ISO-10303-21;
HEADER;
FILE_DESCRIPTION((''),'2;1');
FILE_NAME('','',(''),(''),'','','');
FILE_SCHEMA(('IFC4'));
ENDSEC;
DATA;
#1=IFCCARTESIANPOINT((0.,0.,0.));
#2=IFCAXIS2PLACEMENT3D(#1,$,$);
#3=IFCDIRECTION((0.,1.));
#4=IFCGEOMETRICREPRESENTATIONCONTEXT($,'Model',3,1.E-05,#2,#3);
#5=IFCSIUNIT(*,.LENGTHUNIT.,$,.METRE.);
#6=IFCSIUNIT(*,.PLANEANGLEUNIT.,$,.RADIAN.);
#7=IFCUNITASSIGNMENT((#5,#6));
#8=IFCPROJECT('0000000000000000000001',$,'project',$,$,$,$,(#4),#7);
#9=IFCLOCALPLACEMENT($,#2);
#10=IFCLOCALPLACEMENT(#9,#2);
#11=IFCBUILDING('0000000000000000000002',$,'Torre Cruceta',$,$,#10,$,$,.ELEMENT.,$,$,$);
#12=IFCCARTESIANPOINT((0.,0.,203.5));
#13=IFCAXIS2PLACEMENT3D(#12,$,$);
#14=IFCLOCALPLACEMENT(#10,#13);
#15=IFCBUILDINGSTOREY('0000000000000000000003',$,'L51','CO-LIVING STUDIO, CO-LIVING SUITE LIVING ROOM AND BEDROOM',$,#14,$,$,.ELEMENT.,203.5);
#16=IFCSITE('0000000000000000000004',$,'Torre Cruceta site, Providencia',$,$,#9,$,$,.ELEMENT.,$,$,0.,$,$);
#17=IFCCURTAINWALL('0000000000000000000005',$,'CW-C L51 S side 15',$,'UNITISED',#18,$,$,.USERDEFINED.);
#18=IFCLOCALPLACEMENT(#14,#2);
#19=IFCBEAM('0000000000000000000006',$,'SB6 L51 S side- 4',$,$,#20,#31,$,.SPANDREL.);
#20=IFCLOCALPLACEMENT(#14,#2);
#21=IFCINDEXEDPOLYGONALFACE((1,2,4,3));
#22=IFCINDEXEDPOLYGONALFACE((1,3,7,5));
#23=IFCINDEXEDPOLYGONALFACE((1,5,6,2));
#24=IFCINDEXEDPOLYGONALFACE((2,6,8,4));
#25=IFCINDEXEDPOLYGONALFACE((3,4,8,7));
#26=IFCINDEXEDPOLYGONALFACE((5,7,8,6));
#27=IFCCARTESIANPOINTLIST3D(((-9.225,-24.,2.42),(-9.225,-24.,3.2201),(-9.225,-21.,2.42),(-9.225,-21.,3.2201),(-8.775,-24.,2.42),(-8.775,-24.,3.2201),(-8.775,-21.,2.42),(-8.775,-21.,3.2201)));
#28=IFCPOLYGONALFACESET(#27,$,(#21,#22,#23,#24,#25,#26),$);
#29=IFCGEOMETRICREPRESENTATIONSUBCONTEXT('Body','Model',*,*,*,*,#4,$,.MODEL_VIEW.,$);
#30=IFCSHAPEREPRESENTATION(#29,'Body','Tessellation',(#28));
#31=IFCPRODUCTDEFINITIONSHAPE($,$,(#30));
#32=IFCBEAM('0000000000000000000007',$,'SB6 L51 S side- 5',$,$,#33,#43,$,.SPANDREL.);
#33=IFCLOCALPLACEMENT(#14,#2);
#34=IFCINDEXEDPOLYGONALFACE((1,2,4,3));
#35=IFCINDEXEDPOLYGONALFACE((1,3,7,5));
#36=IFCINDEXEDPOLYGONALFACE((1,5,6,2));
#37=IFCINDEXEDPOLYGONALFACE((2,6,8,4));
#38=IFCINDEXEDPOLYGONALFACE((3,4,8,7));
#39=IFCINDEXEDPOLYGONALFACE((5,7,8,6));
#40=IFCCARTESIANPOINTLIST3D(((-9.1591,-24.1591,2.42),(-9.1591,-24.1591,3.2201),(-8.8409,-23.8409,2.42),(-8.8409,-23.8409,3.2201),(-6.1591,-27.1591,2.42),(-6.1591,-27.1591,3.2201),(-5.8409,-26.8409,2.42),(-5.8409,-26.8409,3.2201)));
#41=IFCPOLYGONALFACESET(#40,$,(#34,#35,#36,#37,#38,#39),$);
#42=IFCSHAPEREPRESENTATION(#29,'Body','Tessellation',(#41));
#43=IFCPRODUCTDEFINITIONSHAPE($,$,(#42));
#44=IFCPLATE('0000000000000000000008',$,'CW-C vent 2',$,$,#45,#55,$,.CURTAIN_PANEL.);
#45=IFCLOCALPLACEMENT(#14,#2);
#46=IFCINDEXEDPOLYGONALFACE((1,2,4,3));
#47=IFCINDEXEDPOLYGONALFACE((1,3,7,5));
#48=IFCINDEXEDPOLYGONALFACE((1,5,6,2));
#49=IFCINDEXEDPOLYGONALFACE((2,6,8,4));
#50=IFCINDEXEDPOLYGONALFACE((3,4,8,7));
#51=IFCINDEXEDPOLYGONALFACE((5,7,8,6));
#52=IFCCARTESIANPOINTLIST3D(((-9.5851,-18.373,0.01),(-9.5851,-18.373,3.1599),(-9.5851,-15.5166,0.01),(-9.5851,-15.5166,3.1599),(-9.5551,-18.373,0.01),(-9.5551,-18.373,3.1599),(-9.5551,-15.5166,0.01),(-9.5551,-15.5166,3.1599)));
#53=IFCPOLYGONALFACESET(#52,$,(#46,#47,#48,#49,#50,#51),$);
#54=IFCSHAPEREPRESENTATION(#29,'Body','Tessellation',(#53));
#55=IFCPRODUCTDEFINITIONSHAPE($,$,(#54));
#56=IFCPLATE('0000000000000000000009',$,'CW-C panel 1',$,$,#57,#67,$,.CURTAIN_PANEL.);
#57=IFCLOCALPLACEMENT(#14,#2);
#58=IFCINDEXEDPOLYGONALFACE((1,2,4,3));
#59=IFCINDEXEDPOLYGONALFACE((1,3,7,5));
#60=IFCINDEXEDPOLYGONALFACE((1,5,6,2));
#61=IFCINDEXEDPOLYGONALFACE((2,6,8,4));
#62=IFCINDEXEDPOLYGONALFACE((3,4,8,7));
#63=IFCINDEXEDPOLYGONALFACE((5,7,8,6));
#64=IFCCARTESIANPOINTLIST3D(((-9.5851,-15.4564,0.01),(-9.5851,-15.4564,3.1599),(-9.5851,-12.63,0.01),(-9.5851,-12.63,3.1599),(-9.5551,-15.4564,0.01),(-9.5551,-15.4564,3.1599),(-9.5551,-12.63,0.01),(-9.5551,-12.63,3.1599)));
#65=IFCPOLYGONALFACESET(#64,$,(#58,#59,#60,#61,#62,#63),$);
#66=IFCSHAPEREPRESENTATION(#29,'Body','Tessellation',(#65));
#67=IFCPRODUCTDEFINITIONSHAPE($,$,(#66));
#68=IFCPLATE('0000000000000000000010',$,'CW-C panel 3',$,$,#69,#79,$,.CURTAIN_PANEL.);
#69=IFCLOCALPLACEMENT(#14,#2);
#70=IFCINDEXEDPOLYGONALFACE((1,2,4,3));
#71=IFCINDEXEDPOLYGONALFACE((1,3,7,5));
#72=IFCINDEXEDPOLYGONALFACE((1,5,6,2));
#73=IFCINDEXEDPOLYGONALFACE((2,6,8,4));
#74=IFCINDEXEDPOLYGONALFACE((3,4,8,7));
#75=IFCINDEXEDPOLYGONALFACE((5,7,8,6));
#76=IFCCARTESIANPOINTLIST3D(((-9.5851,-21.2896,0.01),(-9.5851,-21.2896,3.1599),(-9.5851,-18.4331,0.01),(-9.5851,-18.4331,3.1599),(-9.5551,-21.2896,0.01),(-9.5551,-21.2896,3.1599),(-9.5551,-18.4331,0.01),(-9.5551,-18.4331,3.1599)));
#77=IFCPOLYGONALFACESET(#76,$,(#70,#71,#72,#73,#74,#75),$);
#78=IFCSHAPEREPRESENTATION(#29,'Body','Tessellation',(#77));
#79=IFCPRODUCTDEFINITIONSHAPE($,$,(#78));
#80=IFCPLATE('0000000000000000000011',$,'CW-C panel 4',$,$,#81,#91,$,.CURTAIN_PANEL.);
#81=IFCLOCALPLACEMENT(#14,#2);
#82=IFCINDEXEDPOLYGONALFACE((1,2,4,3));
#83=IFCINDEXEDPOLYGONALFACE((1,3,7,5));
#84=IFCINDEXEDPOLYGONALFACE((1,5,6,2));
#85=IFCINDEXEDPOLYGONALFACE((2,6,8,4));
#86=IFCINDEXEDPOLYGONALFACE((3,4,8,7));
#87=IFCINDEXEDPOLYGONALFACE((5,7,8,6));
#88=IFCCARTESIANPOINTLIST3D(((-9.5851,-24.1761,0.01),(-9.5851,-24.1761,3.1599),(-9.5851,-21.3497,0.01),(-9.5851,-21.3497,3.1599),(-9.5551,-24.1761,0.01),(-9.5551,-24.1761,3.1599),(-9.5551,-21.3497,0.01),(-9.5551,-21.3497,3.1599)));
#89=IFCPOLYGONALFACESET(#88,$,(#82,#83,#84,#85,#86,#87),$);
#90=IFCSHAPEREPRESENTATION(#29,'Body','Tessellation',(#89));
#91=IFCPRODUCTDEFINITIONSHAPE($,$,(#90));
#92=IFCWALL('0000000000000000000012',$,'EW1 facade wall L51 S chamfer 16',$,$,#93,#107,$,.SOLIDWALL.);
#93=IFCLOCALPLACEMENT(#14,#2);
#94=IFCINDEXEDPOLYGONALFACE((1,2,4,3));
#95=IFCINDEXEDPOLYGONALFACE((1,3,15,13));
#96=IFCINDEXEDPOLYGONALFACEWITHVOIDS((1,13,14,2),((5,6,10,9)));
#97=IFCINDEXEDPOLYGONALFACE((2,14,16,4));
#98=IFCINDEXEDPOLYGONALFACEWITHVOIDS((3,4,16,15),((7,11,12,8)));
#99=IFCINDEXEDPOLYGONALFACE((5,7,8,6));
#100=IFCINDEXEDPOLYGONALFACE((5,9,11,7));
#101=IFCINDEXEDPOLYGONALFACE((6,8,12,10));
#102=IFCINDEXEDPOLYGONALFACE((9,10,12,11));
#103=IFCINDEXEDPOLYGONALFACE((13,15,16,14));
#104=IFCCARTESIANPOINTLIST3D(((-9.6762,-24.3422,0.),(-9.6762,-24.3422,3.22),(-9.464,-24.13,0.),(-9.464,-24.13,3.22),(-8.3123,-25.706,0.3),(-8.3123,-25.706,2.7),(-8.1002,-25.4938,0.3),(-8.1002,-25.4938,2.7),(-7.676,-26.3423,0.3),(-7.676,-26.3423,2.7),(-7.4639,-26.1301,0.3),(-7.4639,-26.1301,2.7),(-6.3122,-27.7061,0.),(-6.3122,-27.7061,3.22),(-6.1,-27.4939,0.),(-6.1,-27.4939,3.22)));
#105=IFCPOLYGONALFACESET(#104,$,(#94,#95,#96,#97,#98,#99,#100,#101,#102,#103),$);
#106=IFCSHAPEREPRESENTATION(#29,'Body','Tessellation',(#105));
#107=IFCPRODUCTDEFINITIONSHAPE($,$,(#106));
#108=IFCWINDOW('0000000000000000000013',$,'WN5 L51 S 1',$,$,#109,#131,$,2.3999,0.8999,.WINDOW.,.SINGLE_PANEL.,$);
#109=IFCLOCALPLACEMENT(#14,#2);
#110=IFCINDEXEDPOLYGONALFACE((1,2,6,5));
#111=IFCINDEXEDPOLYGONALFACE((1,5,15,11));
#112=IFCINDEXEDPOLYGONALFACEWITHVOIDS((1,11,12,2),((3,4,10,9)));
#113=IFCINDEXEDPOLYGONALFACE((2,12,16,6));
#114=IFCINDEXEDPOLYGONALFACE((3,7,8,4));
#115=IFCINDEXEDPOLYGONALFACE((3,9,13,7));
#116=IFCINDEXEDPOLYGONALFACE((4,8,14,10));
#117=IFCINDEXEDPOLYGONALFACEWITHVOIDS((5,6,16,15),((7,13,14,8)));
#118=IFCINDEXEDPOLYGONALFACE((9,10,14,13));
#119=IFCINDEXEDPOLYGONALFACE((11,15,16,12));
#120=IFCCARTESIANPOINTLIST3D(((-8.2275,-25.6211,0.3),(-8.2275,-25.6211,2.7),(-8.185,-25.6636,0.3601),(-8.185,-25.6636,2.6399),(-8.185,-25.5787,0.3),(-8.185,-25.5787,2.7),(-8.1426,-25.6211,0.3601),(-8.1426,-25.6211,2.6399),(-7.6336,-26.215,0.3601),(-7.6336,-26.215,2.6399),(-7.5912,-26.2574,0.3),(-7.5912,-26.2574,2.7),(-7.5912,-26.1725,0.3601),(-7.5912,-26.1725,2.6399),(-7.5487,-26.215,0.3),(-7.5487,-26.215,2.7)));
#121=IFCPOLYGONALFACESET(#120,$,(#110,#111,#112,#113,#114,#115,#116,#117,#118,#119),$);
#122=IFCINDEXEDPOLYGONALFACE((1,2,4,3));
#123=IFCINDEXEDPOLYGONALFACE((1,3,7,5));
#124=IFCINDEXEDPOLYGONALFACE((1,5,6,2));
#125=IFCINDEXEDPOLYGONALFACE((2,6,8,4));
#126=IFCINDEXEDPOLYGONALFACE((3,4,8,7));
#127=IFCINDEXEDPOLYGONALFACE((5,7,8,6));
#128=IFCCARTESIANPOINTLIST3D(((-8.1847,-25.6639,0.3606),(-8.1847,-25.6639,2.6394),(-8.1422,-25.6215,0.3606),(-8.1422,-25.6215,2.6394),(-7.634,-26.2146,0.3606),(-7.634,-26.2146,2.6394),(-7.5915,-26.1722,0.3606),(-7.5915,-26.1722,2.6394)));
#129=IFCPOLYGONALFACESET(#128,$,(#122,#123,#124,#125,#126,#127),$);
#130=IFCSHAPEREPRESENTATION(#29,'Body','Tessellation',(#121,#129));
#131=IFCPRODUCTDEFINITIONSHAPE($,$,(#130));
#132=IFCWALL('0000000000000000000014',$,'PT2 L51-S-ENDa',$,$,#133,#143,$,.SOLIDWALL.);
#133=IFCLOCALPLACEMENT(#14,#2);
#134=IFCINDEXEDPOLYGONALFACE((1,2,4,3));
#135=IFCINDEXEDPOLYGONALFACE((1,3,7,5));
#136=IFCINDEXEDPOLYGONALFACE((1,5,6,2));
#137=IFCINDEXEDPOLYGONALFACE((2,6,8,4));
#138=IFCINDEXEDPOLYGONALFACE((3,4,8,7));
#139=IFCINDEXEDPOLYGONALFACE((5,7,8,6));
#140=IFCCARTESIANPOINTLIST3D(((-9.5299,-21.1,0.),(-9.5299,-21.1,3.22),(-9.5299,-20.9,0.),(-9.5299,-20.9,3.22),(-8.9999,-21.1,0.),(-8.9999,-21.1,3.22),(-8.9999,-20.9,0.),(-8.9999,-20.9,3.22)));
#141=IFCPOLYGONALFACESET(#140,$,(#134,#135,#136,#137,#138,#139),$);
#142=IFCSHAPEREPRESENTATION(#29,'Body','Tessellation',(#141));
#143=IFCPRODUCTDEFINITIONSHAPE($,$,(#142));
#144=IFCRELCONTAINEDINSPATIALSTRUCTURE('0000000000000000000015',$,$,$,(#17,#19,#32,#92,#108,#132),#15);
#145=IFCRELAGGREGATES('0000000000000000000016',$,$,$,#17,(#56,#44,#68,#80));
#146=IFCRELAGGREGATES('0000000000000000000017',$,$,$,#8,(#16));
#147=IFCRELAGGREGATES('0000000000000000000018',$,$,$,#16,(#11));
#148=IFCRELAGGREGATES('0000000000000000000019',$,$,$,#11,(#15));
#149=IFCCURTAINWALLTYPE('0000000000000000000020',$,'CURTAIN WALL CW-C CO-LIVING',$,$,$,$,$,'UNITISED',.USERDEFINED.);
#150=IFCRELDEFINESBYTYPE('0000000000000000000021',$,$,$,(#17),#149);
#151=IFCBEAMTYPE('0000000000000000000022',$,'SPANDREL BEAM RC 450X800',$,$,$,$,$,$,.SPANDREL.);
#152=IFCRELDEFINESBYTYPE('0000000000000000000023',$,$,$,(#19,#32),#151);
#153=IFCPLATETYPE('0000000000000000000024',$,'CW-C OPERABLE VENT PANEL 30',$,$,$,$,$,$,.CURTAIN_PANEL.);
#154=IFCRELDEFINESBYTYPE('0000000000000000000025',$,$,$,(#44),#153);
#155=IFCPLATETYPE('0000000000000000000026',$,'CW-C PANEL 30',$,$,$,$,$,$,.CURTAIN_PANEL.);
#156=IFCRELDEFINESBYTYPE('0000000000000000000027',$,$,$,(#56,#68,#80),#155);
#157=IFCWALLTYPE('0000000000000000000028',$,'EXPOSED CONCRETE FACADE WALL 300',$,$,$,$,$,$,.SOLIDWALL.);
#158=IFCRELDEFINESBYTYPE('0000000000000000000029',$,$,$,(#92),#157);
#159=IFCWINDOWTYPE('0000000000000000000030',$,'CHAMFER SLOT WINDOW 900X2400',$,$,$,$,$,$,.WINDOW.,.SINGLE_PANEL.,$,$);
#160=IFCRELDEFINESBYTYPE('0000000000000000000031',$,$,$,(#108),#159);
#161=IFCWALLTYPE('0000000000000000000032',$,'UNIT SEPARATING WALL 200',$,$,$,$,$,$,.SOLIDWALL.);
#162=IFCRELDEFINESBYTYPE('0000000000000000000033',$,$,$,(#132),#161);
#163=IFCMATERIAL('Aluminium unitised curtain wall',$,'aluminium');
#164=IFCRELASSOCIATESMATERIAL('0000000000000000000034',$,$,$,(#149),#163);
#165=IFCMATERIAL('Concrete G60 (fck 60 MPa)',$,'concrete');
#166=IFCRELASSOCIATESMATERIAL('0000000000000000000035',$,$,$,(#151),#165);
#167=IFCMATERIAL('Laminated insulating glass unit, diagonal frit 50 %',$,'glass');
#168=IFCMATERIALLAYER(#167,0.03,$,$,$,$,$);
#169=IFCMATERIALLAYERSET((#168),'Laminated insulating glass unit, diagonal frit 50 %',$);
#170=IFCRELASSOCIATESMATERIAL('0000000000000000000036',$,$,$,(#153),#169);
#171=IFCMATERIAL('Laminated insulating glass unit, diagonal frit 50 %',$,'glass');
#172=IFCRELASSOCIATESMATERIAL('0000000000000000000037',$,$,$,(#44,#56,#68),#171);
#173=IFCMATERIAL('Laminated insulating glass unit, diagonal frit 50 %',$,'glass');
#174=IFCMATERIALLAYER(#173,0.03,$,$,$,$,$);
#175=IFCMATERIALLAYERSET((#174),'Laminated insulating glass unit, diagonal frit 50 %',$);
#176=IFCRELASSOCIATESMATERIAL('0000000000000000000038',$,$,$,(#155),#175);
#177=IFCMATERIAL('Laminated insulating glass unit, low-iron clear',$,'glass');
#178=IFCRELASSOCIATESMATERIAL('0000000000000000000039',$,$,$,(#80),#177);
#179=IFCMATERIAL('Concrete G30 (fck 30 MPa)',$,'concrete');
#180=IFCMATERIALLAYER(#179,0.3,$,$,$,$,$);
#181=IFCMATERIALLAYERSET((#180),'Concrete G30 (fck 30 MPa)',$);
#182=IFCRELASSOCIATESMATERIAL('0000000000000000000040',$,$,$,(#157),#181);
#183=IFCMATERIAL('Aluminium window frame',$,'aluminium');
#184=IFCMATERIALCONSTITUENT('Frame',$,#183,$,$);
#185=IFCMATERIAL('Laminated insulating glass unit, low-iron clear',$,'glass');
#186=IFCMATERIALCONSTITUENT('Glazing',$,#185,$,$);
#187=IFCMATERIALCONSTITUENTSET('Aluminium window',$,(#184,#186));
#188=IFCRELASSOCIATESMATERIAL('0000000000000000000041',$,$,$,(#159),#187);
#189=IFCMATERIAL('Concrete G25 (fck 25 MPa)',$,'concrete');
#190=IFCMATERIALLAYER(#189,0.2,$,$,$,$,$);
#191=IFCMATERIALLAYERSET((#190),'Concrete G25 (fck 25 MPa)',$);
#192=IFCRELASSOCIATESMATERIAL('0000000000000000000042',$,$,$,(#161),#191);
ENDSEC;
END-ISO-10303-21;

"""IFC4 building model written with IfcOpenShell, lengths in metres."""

from ifc_helpers import new_model, si_unit, direction, frame, frame_2d, origin, origin_2d, place, context, subcontext, project, spatial, rectangle, hollow_rectangle, extrude, material, layer, layer_set, constituent, constituent_set, material_profile, profile_set, type_object, element, fill, aggregate, save


model = new_model("IFC4")

# Units and contexts
model_context = context("Model", 3, precision=1e-05, world=origin(), true_north=direction((0.0, 1.0)))
body_context = subcontext(model_context, "Body", "Model", "MODEL_VIEW")
ifc_project = project(units=[si_unit("LENGTHUNIT", "METRE"), si_unit("PLANEANGLEUNIT", "RADIAN")], contexts=[model_context])

# Site, building, storey
site_placement = place(None, origin())
site = spatial("IfcSite", under=ifc_project, at=site_placement, Name="Torre Cruceta site, Providencia", CompositionType="ELEMENT", RefElevation=0.0)
building_placement = place(site_placement, origin())
building = spatial("IfcBuilding", under=site, at=building_placement, Name="Torre Cruceta", CompositionType="ELEMENT")
storey_placement = place(building_placement, frame((0.0, 0.0, 203.5)))
storey = spatial("IfcBuildingStorey", under=building, at=storey_placement, Name="L51", Description="CO-LIVING STUDIO, CO-LIVING SUITE LIVING ROOM AND BEDROOM", CompositionType="ELEMENT", Elevation=203.5)

# Shared definitions
ifc_material_1 = material(Name="Aluminium unitised curtain wall", Category="aluminium")
curtain_wall_type = type_object("IfcCurtainWallType", Name="CURTAIN WALL CW-C CO-LIVING", ElementType="UNITISED", PredefinedType="USERDEFINED", material=ifc_material_1)

# Curtain wall
curtain_wall_1_placement = place(storey_placement, origin())
curtain_wall_1 = element("IfcCurtainWall", 1, at=curtain_wall_1_placement, inside=storey, type_object=curtain_wall_type, Name="CW-C L51 S side 15", ObjectType="UNITISED", PredefinedType="USERDEFINED")

# Beams
ifc_material_2 = material(Name="Concrete G60 (fck 60 MPa)", Category="concrete")
ifc_material_profile_1 = material_profile(ifc_material_2, rectangle(XDim=0.45, YDim=0.8, at=origin_2d()), Name="RC 450X800")
ifc_profile_set_1 = profile_set([ifc_material_profile_1], Name="Concrete G60 (fck 60 MPa)")
beam_type_1 = type_object("IfcBeamType", Name="SPANDREL BEAM RC 450X800", PredefinedType="SPANDREL", material=ifc_profile_set_1)
beam_1_placement = place(storey_placement, frame((-9.0, -21.0, 2.8201), z_axis=(0.0, -1.0, 0.0), x_axis=(1.0, 0.0, 0.0)))
element("IfcBeam", 2, at=beam_1_placement, inside=storey, type_object=beam_type_1, Name="SB6 L51 S side- 4", PredefinedType="SPANDREL", context=body_context, shape_type="SweptSolid", body=[
    extrude(rectangle(XDim=0.45, YDim=0.8, at=origin_2d()), origin(), (0.0, 0.0, 1.0), 3.0),
])
beam_2_placement = place(storey_placement, frame((-9.0, -24.0, 2.8201), z_axis=(0.707107, -0.707107, 0.0), x_axis=(0.707107, 0.707107, 0.0)))
element("IfcBeam", 3, at=beam_2_placement, inside=storey, type_object=beam_type_1, Name="SB6 L51 S side- 5", PredefinedType="SPANDREL", context=body_context, shape_type="SweptSolid", body=[
    extrude(rectangle(XDim=0.45, YDim=0.8, at=origin_2d()), origin(), (0.0, 0.0, 1.0), 4.2427),
])

# Plates
ifc_material_3 = material(Name="Laminated insulating glass unit, diagonal frit 50 %", Category="glass")
ifc_material_4 = material(Name="Laminated insulating glass unit, diagonal frit 50 %", Category="glass")
ifc_layer_1 = layer(ifc_material_4, 0.03)
ifc_layer_set_1 = layer_set([ifc_layer_1], Name="Laminated insulating glass unit, diagonal frit 50 %")
plate_type_1 = type_object("IfcPlateType", Name="CW-C OPERABLE VENT PANEL 30", PredefinedType="CURTAIN_PANEL", material=ifc_layer_set_1)
plate_1_placement = place(storey_placement, frame((-9.5701, -16.9448, 0.01), z_axis=(0.0, 0.0, 1.0), x_axis=(0.0, -1.0, 0.0)))
plate_1 = element("IfcPlate", 4, at=plate_1_placement, type_object=plate_type_1, material=ifc_material_3, Name="CW-C vent 2", PredefinedType="CURTAIN_PANEL", context=body_context, shape_type="SweptSolid", body=[
    extrude(rectangle(XDim=2.8564, YDim=0.03, at=origin_2d()), origin(), (0.0, 0.0, 1.0), 3.1499),
])
ifc_material_5 = material(Name="Laminated insulating glass unit, diagonal frit 50 %", Category="glass")
ifc_layer_2 = layer(ifc_material_5, 0.03)
ifc_layer_set_2 = layer_set([ifc_layer_2], Name="Laminated insulating glass unit, diagonal frit 50 %")
plate_type_2 = type_object("IfcPlateType", Name="CW-C PANEL 30", PredefinedType="CURTAIN_PANEL", material=ifc_layer_set_2)
plate_2_placement = place(storey_placement, frame((-9.5701, -14.0432, 0.01), z_axis=(0.0, 0.0, 1.0), x_axis=(0.0, -1.0, 0.0)))
plate_2 = element("IfcPlate", 5, at=plate_2_placement, type_object=plate_type_2, material=ifc_material_3, Name="CW-C panel 1", PredefinedType="CURTAIN_PANEL", context=body_context, shape_type="SweptSolid", body=[
    extrude(rectangle(XDim=2.8264, YDim=0.03, at=origin_2d()), origin(), (0.0, 0.0, 1.0), 3.1499),
])
plate_3_placement = place(storey_placement, frame((-9.5701, -19.8613, 0.01), z_axis=(0.0, 0.0, 1.0), x_axis=(0.0, -1.0, 0.0)))
plate_3 = element("IfcPlate", 6, at=plate_3_placement, type_object=plate_type_2, material=ifc_material_3, Name="CW-C panel 3", PredefinedType="CURTAIN_PANEL", context=body_context, shape_type="SweptSolid", body=[
    extrude(rectangle(XDim=2.8564, YDim=0.03, at=origin_2d()), origin(), (0.0, 0.0, 1.0), 3.1499),
])
ifc_material_6 = material(Name="Laminated insulating glass unit, low-iron clear", Category="glass")
plate_4_placement = place(storey_placement, frame((-9.5701, -22.7629, 0.01), z_axis=(0.0, 0.0, 1.0), x_axis=(0.0, -1.0, 0.0)))
plate_4 = element("IfcPlate", 7, at=plate_4_placement, type_object=plate_type_2, material=ifc_material_6, Name="CW-C panel 4", PredefinedType="CURTAIN_PANEL", context=body_context, shape_type="SweptSolid", body=[
    extrude(rectangle(XDim=2.8264, YDim=0.03, at=origin_2d()), origin(), (0.0, 0.0, 1.0), 3.1499),
])
aggregate(curtain_wall_1, [plate_2, plate_1, plate_3, plate_4])

# Wall, opening, window
ifc_material_7 = material(Name="Concrete G30 (fck 30 MPa)", Category="concrete")
ifc_layer_3 = layer(ifc_material_7, 0.3)
ifc_layer_set_3 = layer_set([ifc_layer_3], Name="Concrete G30 (fck 30 MPa)")
wall_type_1 = type_object("IfcWallType", Name="EXPOSED CONCRETE FACADE WALL 300", PredefinedType="SOLIDWALL", material=ifc_layer_set_3)
wall_1_placement = place(storey_placement, frame((-9.5701, -24.2361, 0.0), z_axis=(0.0, 0.0, 1.0), x_axis=(0.707107, -0.707107, 0.0)))
wall_1 = element("IfcWall", 8, at=wall_1_placement, inside=storey, type_object=wall_type_1, Name="EW1 facade wall L51 S chamfer 16", PredefinedType="SOLIDWALL", context=body_context, shape_type="SweptSolid", body=[
    extrude(rectangle(XDim=4.7573, YDim=0.3, at=frame_2d((2.3787, 0.0))), origin(), (0.0, 0.0, 1.0), 3.22),
])
opening_placement = place(wall_1_placement, frame((1.9287, 0.0, 0.3)))
opening = element("IfcOpeningElement", 9, at=opening_placement, cuts=wall_1, PredefinedType="OPENING", context=body_context, shape_type="SweptSolid", body=[
    extrude(rectangle(XDim=0.8999, YDim=2.3999, at=frame_2d((0.45, 1.2))), frame((0.0, 0.1599, 0.0), z_axis=(0.0, -1.0, 0.0), x_axis=(1.0, 0.0, 0.0)), (0.0, 0.0, 1.0), 0.3201),
])
ifc_material_8 = material(Name="Aluminium window frame", Category="aluminium")
ifc_constituent_1 = constituent(ifc_material_8, Name="Frame")
ifc_material_9 = material(Name="Laminated insulating glass unit, low-iron clear", Category="glass")
ifc_constituent_2 = constituent(ifc_material_9, Name="Glazing")
ifc_constituent_set_1 = constituent_set(constituents=[ifc_constituent_1, ifc_constituent_2], Name="Aluminium window")
window_type = type_object("IfcWindowType", Name="CHAMFER SLOT WINDOW 900X2400", PartitioningType="SINGLE_PANEL", PredefinedType="WINDOW", material=ifc_constituent_set_1)
window_placement = place(opening_placement, origin())
window = element("IfcWindow", 10, at=window_placement, inside=storey, type_object=window_type, Name="WN5 L51 S 1", OverallHeight=2.3999, OverallWidth=0.8999, PartitioningType="SINGLE_PANEL", PredefinedType="WINDOW", context=body_context, shape_type="SweptSolid", body=[
    extrude(hollow_rectangle(XDim=0.8999, YDim=2.3999, WallThickness=0.0601, at=frame_2d((0.45, 1.2))), frame((0.0, 0.03, 0.0), z_axis=(0.0, -1.0, 0.0), x_axis=(1.0, 0.0, 0.0)), (0.0, 0.0, 1.0), 0.0601),
    extrude(rectangle(XDim=0.7788, YDim=2.2788, at=frame_2d((0.45, 1.2))), frame((0.0, 0.03, 0.0), z_axis=(0.0, -1.0, 0.0), x_axis=(1.0, 0.0, 0.0)), (0.0, 0.0, 1.0), 0.0601),
])
fill(opening, window)

# Wall
ifc_material_10 = material(Name="Concrete G25 (fck 25 MPa)", Category="concrete")
ifc_layer_4 = layer(ifc_material_10, 0.2)
ifc_layer_set_4 = layer_set([ifc_layer_4], Name="Concrete G25 (fck 25 MPa)")
wall_type_2 = type_object("IfcWallType", Name="UNIT SEPARATING WALL 200", PredefinedType="SOLIDWALL", material=ifc_layer_set_4)
wall_2_placement = place(storey_placement, frame((-9.53, -21.0, 0.0), z_axis=(0.0, 0.0, 1.0), x_axis=(1.0, 0.0, 0.0)))
element("IfcWall", 11, at=wall_2_placement, inside=storey, type_object=wall_type_2, Name="PT2 L51-S-ENDa", PredefinedType="SOLIDWALL", context=body_context, shape_type="SweptSolid", body=[
    extrude(rectangle(XDim=0.53, YDim=0.2, at=frame_2d((0.2651, 0.0))), origin(), (0.0, 0.0, 1.0), 3.22),
])

save(model, "model.ifc")
